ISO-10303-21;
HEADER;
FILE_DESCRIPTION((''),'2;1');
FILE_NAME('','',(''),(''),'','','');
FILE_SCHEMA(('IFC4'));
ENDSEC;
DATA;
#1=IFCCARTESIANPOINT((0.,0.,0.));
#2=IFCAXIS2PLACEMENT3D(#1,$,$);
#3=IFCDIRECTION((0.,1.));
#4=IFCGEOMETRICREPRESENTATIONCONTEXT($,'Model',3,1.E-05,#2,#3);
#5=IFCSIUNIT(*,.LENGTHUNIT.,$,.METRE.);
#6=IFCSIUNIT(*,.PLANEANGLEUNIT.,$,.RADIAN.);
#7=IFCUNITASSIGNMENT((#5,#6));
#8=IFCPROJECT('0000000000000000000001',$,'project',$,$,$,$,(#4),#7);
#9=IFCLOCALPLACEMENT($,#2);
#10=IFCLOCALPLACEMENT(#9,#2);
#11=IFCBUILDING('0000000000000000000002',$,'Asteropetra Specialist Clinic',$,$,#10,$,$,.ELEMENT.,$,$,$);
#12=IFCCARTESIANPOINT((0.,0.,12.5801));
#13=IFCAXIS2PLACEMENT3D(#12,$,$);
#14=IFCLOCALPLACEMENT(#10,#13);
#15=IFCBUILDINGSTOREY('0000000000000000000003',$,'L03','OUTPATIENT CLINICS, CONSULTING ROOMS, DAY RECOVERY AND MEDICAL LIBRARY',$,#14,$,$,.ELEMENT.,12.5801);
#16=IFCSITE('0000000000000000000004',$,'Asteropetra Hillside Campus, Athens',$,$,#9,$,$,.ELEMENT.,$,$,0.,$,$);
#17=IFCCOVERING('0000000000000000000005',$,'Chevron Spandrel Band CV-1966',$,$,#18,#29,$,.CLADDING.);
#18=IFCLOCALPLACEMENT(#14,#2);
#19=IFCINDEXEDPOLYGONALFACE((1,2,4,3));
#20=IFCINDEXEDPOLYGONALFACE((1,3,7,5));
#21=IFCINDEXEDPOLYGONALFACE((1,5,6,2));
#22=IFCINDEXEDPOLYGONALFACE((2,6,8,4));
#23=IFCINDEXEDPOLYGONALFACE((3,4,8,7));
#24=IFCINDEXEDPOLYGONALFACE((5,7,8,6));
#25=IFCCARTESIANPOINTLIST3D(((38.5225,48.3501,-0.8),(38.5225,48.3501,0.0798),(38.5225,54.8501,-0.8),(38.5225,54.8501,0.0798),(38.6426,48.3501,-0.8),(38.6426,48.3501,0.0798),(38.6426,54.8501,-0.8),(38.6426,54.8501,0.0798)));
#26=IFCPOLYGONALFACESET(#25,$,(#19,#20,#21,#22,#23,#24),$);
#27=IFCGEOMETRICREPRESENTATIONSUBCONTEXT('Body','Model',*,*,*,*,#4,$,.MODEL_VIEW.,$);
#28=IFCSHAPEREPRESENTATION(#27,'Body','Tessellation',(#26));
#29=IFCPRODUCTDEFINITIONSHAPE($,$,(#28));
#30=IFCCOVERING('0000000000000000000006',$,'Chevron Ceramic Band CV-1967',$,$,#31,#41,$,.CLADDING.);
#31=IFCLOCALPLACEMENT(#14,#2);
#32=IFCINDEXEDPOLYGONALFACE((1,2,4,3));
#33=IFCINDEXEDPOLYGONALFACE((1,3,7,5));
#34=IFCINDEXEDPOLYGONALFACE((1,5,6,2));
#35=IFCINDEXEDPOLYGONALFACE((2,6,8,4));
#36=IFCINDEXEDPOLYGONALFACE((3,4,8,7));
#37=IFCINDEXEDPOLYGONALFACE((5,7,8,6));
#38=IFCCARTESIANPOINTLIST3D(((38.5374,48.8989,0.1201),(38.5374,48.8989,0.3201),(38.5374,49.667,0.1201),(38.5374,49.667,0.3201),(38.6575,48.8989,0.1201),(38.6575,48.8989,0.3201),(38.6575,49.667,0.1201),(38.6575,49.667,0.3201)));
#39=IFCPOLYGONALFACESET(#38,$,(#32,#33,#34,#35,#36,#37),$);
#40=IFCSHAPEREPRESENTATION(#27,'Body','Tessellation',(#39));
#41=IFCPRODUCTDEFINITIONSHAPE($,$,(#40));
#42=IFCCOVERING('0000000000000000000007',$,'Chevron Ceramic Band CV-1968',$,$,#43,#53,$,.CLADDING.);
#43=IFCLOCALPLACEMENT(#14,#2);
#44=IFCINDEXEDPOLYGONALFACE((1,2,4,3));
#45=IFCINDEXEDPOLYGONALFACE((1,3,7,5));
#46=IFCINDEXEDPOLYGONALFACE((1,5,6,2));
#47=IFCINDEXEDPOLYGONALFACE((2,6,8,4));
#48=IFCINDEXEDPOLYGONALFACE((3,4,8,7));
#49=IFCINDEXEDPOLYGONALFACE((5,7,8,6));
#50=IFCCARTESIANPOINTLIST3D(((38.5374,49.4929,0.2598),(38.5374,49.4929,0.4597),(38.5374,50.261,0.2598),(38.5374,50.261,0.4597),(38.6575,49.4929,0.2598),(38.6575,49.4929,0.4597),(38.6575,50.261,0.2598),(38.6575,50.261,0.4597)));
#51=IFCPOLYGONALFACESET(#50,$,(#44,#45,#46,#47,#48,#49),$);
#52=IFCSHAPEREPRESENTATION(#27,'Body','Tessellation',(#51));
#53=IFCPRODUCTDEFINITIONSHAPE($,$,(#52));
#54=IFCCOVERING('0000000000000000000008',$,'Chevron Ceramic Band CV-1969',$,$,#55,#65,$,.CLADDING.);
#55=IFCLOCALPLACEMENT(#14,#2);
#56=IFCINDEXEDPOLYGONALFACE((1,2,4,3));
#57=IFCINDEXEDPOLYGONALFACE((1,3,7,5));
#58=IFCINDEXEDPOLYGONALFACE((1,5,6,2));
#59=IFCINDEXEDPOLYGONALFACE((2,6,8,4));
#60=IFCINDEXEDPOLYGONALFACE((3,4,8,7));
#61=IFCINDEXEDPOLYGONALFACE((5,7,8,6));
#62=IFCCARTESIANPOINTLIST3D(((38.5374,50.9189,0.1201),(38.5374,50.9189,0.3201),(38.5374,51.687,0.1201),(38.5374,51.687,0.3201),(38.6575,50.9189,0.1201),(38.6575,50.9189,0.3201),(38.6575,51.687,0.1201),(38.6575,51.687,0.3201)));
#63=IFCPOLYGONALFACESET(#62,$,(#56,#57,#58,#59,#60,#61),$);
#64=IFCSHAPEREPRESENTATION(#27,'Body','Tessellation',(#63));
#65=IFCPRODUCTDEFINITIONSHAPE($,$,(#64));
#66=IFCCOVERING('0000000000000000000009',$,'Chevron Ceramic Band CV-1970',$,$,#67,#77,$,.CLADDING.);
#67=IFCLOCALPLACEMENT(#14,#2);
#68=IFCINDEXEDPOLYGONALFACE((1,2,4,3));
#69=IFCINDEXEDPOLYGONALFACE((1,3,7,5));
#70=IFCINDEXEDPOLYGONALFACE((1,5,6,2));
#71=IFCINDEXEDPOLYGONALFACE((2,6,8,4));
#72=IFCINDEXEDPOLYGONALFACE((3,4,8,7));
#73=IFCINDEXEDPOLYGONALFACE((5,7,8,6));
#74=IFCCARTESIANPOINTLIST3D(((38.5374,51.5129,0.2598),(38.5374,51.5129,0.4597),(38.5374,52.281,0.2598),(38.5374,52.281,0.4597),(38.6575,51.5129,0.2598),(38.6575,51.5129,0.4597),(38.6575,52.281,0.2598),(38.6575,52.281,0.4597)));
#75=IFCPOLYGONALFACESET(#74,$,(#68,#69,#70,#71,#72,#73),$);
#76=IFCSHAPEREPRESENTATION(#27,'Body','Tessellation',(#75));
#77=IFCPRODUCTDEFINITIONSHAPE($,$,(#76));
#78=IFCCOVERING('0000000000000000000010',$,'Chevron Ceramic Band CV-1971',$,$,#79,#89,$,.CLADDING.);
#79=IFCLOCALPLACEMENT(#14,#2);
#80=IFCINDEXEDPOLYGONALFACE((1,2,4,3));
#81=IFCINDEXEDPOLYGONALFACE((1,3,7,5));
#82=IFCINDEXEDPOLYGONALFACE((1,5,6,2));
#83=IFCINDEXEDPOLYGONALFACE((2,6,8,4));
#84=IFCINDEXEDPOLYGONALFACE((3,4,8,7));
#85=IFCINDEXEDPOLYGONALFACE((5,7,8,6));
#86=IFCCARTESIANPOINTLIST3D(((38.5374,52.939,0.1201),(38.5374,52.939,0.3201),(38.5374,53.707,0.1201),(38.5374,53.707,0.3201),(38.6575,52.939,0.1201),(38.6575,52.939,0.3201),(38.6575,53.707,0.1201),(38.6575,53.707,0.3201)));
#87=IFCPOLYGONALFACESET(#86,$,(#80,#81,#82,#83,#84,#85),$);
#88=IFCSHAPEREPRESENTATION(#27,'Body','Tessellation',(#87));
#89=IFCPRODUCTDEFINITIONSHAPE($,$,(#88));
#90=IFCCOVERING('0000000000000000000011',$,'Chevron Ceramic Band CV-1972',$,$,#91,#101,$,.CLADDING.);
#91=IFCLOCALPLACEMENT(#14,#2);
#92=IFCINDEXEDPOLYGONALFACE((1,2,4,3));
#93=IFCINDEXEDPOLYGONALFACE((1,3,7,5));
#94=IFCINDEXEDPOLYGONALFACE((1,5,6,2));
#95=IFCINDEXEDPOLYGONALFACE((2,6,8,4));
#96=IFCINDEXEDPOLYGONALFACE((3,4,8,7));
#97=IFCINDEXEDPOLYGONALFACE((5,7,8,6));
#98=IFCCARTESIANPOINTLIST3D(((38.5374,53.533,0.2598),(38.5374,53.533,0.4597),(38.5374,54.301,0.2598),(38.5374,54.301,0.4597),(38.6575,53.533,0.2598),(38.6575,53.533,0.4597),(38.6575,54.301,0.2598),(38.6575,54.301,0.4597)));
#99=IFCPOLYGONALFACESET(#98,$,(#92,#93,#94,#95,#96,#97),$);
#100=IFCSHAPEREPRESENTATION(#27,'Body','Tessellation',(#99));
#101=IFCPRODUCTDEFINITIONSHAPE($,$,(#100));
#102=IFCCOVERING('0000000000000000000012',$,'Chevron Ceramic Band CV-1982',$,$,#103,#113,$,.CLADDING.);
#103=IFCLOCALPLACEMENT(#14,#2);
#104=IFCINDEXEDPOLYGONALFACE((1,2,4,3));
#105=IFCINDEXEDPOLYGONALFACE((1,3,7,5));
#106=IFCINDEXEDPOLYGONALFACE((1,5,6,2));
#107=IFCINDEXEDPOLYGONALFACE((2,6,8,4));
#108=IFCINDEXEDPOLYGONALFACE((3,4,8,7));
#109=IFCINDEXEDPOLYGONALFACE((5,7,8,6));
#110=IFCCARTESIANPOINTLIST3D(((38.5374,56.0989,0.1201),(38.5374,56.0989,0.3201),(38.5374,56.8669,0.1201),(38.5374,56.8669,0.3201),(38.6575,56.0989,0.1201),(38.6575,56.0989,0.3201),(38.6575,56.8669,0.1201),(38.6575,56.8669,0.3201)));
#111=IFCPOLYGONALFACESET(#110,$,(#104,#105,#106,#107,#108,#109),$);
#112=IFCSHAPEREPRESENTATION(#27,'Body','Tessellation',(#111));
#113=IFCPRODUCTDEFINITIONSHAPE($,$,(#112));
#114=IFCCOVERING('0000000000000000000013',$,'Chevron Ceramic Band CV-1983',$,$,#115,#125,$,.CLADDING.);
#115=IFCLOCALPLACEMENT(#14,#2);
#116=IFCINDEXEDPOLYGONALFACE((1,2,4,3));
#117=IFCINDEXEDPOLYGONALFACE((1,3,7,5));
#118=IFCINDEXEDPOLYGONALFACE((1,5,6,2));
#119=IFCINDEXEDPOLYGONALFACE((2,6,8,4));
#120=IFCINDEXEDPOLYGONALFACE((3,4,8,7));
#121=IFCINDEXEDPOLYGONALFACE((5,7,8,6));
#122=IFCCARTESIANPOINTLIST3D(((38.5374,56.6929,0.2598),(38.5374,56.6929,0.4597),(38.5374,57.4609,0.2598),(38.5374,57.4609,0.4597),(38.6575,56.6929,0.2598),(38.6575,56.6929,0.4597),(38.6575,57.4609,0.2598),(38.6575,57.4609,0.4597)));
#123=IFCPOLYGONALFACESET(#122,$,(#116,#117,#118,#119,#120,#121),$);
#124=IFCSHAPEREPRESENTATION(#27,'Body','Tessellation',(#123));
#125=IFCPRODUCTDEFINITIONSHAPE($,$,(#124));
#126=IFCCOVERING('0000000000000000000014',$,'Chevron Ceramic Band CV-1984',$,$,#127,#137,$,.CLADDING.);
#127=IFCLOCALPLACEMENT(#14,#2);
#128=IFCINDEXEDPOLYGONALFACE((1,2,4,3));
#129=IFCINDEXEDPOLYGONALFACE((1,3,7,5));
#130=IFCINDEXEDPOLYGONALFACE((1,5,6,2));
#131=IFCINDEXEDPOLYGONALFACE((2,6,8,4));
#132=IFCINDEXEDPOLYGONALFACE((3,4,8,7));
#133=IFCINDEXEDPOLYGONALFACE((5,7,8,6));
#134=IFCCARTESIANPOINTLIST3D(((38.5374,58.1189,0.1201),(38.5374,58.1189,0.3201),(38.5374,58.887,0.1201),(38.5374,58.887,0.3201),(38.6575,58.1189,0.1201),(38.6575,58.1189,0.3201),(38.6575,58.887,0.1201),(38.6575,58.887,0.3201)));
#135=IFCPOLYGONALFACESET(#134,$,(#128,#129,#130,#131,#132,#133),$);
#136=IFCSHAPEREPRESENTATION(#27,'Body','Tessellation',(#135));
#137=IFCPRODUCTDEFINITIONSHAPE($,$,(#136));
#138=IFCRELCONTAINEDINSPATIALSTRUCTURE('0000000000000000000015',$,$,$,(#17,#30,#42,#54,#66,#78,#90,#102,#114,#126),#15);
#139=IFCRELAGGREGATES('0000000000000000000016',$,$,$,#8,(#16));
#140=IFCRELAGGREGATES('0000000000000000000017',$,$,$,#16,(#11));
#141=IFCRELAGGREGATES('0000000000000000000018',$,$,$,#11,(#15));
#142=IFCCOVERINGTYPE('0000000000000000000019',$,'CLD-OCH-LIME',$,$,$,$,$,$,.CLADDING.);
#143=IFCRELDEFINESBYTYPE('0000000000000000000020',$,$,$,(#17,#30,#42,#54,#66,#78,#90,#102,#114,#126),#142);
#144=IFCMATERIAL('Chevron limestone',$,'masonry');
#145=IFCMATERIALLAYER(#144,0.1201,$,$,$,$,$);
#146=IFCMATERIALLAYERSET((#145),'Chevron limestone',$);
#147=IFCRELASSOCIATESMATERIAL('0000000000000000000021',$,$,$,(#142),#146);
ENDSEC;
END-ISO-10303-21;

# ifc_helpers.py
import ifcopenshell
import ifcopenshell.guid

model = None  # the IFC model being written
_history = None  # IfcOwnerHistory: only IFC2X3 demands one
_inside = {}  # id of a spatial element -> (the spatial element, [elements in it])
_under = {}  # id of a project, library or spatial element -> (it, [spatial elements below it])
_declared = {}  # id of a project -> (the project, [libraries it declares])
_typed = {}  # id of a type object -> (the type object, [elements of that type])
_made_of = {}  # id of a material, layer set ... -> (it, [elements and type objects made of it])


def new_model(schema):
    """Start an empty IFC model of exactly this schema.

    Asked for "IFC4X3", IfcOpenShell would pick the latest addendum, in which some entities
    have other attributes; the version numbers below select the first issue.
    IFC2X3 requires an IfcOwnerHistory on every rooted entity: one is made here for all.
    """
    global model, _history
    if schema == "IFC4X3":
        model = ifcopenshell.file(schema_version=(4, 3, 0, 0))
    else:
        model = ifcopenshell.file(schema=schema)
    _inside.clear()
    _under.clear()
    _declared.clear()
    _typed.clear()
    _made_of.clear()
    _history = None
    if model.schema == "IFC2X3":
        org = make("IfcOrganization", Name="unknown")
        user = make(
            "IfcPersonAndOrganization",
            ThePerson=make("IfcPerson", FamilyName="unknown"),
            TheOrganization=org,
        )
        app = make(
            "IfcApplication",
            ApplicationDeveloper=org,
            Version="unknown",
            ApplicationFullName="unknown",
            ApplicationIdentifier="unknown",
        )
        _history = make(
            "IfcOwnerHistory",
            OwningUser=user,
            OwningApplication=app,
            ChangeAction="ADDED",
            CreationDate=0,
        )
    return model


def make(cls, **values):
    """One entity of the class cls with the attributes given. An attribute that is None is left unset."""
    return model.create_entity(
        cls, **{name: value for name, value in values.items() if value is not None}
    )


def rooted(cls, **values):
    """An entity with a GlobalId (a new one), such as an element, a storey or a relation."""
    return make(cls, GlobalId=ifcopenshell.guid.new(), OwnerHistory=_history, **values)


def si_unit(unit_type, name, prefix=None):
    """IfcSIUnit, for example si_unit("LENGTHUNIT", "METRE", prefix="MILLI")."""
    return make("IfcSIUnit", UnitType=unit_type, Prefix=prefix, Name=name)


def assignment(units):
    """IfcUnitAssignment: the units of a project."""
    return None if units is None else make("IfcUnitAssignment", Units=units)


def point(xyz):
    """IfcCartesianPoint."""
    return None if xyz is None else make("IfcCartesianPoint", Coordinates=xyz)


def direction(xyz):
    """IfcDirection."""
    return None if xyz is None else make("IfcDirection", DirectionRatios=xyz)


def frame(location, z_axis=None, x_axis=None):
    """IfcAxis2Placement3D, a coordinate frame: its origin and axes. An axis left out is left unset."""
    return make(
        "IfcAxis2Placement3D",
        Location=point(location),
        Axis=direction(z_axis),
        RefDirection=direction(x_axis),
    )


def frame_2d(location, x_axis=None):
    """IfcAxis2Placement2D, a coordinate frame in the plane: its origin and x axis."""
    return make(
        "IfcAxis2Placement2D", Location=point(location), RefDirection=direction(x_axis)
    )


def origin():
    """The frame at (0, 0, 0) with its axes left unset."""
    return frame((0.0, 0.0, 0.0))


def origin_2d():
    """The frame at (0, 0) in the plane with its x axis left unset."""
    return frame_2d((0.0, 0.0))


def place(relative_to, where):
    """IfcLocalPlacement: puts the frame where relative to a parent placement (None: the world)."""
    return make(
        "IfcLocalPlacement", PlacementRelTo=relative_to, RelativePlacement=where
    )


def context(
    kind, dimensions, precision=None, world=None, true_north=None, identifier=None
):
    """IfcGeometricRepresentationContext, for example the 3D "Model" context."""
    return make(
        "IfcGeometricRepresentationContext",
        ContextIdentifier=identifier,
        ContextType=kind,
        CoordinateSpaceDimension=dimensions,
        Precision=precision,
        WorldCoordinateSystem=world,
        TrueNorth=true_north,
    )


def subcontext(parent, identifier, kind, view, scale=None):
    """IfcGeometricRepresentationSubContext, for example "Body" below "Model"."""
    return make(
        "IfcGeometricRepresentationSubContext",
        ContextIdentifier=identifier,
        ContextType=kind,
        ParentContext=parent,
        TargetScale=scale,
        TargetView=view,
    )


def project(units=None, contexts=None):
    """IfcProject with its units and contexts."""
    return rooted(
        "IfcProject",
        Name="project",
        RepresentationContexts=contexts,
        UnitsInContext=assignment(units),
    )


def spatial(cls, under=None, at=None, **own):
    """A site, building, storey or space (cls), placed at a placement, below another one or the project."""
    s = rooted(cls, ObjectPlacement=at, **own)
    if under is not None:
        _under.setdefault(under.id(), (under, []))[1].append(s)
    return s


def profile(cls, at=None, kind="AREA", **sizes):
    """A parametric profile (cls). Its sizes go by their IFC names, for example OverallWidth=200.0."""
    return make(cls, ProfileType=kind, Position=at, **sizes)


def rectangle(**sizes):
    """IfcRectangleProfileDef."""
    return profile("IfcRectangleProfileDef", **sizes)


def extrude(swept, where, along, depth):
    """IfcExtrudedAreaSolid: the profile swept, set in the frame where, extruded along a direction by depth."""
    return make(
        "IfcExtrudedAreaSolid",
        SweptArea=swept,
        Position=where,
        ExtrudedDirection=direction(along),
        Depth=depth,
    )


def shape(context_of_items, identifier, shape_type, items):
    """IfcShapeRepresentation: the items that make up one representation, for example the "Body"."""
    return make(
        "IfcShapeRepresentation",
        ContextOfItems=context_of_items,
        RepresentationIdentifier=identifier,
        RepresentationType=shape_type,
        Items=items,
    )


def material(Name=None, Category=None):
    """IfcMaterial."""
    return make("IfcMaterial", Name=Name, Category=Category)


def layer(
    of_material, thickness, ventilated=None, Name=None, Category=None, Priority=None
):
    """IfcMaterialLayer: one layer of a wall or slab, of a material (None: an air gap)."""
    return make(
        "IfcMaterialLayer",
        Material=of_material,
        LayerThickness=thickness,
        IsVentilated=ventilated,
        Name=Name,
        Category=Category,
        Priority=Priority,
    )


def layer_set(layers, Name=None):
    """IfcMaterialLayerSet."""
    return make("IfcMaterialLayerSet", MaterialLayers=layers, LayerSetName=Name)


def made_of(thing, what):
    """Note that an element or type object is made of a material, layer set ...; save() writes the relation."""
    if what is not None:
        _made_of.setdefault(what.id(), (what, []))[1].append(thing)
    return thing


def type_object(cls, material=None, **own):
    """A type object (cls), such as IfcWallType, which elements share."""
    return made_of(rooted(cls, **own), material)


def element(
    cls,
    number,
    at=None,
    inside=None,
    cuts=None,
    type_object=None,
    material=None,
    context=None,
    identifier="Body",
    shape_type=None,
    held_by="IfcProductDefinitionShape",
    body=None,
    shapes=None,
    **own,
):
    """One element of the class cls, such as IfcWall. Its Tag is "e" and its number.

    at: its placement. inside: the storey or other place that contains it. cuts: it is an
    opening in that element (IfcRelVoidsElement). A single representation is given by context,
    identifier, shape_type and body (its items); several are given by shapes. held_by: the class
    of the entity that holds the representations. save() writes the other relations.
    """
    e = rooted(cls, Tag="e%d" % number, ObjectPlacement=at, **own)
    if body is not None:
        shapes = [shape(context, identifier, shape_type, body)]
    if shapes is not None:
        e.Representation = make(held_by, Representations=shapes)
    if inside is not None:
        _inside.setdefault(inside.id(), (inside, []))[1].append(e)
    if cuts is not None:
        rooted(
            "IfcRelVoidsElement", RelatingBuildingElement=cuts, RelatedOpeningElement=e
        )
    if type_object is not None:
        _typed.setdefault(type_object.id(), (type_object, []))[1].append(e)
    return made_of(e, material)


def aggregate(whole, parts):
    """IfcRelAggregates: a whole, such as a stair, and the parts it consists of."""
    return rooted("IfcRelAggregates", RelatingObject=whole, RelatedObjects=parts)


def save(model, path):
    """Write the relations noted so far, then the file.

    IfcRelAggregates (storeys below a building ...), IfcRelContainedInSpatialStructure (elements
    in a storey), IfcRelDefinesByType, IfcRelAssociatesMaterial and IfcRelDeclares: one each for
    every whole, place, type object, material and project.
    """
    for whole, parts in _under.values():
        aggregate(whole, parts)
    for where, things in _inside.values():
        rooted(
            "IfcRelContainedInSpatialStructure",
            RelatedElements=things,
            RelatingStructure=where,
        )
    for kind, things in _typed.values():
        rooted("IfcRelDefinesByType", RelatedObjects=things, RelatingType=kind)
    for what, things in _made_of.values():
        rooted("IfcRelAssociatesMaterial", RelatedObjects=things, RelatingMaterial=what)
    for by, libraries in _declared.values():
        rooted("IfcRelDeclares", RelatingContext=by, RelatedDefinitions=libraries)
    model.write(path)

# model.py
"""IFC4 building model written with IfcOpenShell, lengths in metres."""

from ifc_helpers import new_model, si_unit, direction, frame, origin, origin_2d, place, context, subcontext, project, spatial, rectangle, extrude, material, layer, layer_set, type_object, element, save


model = new_model("IFC4")

# Units and contexts
model_context = context("Model", 3, precision=1e-05, world=origin(), true_north=direction((0.0, 1.0)))
body_context = subcontext(model_context, "Body", "Model", "MODEL_VIEW")
ifc_project = project(units=[si_unit("LENGTHUNIT", "METRE"), si_unit("PLANEANGLEUNIT", "RADIAN")], contexts=[model_context])

# Site, building, storey
site_placement = place(None, origin())
site = spatial("IfcSite", under=ifc_project, at=site_placement, Name="Asteropetra Hillside Campus, Athens", CompositionType="ELEMENT", RefElevation=0.0)
building_placement = place(site_placement, origin())
building = spatial("IfcBuilding", under=site, at=building_placement, Name="Asteropetra Specialist Clinic", CompositionType="ELEMENT")
storey_placement = place(building_placement, frame((0.0, 0.0, 12.5801)))
storey = spatial("IfcBuildingStorey", under=building, at=storey_placement, Name="L03", Description="OUTPATIENT CLINICS, CONSULTING ROOMS, DAY RECOVERY AND MEDICAL LIBRARY", CompositionType="ELEMENT", Elevation=12.5801)

# Coverings
ifc_material_1 = material(Name="Chevron limestone", Category="masonry")
ifc_layer_1 = layer(ifc_material_1, 0.1201)
ifc_layer_set_1 = layer_set([ifc_layer_1], Name="Chevron limestone")
covering_type = type_object("IfcCoveringType", Name="CLD-OCH-LIME", PredefinedType="CLADDING", material=ifc_layer_set_1)
covering_placement = place(storey_placement, frame((38.5825, 51.6001, -0.8), z_axis=(0.0, 0.0, 1.0), x_axis=(1.0, 0.0, 0.0)))
element("IfcCovering", 1, at=covering_placement, inside=storey, type_object=covering_type, Name="Chevron Spandrel Band CV-1966", PredefinedType="CLADDING", context=body_context, shape_type="SweptSolid", body=[
    extrude(rectangle(XDim=0.1201, YDim=6.5, at=origin_2d()), origin(), (0.0, 0.0, 1.0), 0.8799),
])
for number, where, z_axis, x_axis, name in (
    (2, (38.5974, 49.283, 0.1201), (0.0, 0.0, 1.0), (1.0, 0.0, 0.0), "Chevron Ceramic Band CV-1967"),
    (3, (38.5974, 49.877, 0.2598), (0.0, 0.0, 1.0), (1.0, 0.0, 0.0), "Chevron Ceramic Band CV-1968"),
    (4, (38.5974, 51.303, 0.1201), (0.0, 0.0, 1.0), (1.0, 0.0, 0.0), "Chevron Ceramic Band CV-1969"),
    (5, (38.5974, 51.897, 0.2598), (0.0, 0.0, 1.0), (1.0, 0.0, 0.0), "Chevron Ceramic Band CV-1970"),
    (6, (38.5974, 53.323, 0.1201), (0.0, 0.0, 1.0), (1.0, 0.0, 0.0), "Chevron Ceramic Band CV-1971"),
    (7, (38.5974, 53.917, 0.2598), (0.0, 0.0, 1.0), (1.0, 0.0, 0.0), "Chevron Ceramic Band CV-1972"),
    (8, (38.5974, 56.4829, 0.1201), (0.0, 0.0, 1.0), (1.0, 0.0, 0.0), "Chevron Ceramic Band CV-1982"),
    (9, (38.5974, 57.0769, 0.2598), (0.0, 0.0, 1.0), (1.0, 0.0, 0.0), "Chevron Ceramic Band CV-1983"),
    (10, (38.5974, 58.5029, 0.1201), (0.0, 0.0, 1.0), (1.0, 0.0, 0.0), "Chevron Ceramic Band CV-1984"),
):
    element("IfcCovering", number, at=place(storey_placement, frame(where, z_axis=z_axis, x_axis=x_axis)), inside=storey, type_object=covering_type, Name=name, PredefinedType="CLADDING", context=body_context, shape_type="SweptSolid", body=[
        extrude(rectangle(XDim=0.1201, YDim=0.7681, at=origin_2d()), origin(), (0.0, 0.0, 1.0), 0.2),
    ])

save(model, "model.ifc")
